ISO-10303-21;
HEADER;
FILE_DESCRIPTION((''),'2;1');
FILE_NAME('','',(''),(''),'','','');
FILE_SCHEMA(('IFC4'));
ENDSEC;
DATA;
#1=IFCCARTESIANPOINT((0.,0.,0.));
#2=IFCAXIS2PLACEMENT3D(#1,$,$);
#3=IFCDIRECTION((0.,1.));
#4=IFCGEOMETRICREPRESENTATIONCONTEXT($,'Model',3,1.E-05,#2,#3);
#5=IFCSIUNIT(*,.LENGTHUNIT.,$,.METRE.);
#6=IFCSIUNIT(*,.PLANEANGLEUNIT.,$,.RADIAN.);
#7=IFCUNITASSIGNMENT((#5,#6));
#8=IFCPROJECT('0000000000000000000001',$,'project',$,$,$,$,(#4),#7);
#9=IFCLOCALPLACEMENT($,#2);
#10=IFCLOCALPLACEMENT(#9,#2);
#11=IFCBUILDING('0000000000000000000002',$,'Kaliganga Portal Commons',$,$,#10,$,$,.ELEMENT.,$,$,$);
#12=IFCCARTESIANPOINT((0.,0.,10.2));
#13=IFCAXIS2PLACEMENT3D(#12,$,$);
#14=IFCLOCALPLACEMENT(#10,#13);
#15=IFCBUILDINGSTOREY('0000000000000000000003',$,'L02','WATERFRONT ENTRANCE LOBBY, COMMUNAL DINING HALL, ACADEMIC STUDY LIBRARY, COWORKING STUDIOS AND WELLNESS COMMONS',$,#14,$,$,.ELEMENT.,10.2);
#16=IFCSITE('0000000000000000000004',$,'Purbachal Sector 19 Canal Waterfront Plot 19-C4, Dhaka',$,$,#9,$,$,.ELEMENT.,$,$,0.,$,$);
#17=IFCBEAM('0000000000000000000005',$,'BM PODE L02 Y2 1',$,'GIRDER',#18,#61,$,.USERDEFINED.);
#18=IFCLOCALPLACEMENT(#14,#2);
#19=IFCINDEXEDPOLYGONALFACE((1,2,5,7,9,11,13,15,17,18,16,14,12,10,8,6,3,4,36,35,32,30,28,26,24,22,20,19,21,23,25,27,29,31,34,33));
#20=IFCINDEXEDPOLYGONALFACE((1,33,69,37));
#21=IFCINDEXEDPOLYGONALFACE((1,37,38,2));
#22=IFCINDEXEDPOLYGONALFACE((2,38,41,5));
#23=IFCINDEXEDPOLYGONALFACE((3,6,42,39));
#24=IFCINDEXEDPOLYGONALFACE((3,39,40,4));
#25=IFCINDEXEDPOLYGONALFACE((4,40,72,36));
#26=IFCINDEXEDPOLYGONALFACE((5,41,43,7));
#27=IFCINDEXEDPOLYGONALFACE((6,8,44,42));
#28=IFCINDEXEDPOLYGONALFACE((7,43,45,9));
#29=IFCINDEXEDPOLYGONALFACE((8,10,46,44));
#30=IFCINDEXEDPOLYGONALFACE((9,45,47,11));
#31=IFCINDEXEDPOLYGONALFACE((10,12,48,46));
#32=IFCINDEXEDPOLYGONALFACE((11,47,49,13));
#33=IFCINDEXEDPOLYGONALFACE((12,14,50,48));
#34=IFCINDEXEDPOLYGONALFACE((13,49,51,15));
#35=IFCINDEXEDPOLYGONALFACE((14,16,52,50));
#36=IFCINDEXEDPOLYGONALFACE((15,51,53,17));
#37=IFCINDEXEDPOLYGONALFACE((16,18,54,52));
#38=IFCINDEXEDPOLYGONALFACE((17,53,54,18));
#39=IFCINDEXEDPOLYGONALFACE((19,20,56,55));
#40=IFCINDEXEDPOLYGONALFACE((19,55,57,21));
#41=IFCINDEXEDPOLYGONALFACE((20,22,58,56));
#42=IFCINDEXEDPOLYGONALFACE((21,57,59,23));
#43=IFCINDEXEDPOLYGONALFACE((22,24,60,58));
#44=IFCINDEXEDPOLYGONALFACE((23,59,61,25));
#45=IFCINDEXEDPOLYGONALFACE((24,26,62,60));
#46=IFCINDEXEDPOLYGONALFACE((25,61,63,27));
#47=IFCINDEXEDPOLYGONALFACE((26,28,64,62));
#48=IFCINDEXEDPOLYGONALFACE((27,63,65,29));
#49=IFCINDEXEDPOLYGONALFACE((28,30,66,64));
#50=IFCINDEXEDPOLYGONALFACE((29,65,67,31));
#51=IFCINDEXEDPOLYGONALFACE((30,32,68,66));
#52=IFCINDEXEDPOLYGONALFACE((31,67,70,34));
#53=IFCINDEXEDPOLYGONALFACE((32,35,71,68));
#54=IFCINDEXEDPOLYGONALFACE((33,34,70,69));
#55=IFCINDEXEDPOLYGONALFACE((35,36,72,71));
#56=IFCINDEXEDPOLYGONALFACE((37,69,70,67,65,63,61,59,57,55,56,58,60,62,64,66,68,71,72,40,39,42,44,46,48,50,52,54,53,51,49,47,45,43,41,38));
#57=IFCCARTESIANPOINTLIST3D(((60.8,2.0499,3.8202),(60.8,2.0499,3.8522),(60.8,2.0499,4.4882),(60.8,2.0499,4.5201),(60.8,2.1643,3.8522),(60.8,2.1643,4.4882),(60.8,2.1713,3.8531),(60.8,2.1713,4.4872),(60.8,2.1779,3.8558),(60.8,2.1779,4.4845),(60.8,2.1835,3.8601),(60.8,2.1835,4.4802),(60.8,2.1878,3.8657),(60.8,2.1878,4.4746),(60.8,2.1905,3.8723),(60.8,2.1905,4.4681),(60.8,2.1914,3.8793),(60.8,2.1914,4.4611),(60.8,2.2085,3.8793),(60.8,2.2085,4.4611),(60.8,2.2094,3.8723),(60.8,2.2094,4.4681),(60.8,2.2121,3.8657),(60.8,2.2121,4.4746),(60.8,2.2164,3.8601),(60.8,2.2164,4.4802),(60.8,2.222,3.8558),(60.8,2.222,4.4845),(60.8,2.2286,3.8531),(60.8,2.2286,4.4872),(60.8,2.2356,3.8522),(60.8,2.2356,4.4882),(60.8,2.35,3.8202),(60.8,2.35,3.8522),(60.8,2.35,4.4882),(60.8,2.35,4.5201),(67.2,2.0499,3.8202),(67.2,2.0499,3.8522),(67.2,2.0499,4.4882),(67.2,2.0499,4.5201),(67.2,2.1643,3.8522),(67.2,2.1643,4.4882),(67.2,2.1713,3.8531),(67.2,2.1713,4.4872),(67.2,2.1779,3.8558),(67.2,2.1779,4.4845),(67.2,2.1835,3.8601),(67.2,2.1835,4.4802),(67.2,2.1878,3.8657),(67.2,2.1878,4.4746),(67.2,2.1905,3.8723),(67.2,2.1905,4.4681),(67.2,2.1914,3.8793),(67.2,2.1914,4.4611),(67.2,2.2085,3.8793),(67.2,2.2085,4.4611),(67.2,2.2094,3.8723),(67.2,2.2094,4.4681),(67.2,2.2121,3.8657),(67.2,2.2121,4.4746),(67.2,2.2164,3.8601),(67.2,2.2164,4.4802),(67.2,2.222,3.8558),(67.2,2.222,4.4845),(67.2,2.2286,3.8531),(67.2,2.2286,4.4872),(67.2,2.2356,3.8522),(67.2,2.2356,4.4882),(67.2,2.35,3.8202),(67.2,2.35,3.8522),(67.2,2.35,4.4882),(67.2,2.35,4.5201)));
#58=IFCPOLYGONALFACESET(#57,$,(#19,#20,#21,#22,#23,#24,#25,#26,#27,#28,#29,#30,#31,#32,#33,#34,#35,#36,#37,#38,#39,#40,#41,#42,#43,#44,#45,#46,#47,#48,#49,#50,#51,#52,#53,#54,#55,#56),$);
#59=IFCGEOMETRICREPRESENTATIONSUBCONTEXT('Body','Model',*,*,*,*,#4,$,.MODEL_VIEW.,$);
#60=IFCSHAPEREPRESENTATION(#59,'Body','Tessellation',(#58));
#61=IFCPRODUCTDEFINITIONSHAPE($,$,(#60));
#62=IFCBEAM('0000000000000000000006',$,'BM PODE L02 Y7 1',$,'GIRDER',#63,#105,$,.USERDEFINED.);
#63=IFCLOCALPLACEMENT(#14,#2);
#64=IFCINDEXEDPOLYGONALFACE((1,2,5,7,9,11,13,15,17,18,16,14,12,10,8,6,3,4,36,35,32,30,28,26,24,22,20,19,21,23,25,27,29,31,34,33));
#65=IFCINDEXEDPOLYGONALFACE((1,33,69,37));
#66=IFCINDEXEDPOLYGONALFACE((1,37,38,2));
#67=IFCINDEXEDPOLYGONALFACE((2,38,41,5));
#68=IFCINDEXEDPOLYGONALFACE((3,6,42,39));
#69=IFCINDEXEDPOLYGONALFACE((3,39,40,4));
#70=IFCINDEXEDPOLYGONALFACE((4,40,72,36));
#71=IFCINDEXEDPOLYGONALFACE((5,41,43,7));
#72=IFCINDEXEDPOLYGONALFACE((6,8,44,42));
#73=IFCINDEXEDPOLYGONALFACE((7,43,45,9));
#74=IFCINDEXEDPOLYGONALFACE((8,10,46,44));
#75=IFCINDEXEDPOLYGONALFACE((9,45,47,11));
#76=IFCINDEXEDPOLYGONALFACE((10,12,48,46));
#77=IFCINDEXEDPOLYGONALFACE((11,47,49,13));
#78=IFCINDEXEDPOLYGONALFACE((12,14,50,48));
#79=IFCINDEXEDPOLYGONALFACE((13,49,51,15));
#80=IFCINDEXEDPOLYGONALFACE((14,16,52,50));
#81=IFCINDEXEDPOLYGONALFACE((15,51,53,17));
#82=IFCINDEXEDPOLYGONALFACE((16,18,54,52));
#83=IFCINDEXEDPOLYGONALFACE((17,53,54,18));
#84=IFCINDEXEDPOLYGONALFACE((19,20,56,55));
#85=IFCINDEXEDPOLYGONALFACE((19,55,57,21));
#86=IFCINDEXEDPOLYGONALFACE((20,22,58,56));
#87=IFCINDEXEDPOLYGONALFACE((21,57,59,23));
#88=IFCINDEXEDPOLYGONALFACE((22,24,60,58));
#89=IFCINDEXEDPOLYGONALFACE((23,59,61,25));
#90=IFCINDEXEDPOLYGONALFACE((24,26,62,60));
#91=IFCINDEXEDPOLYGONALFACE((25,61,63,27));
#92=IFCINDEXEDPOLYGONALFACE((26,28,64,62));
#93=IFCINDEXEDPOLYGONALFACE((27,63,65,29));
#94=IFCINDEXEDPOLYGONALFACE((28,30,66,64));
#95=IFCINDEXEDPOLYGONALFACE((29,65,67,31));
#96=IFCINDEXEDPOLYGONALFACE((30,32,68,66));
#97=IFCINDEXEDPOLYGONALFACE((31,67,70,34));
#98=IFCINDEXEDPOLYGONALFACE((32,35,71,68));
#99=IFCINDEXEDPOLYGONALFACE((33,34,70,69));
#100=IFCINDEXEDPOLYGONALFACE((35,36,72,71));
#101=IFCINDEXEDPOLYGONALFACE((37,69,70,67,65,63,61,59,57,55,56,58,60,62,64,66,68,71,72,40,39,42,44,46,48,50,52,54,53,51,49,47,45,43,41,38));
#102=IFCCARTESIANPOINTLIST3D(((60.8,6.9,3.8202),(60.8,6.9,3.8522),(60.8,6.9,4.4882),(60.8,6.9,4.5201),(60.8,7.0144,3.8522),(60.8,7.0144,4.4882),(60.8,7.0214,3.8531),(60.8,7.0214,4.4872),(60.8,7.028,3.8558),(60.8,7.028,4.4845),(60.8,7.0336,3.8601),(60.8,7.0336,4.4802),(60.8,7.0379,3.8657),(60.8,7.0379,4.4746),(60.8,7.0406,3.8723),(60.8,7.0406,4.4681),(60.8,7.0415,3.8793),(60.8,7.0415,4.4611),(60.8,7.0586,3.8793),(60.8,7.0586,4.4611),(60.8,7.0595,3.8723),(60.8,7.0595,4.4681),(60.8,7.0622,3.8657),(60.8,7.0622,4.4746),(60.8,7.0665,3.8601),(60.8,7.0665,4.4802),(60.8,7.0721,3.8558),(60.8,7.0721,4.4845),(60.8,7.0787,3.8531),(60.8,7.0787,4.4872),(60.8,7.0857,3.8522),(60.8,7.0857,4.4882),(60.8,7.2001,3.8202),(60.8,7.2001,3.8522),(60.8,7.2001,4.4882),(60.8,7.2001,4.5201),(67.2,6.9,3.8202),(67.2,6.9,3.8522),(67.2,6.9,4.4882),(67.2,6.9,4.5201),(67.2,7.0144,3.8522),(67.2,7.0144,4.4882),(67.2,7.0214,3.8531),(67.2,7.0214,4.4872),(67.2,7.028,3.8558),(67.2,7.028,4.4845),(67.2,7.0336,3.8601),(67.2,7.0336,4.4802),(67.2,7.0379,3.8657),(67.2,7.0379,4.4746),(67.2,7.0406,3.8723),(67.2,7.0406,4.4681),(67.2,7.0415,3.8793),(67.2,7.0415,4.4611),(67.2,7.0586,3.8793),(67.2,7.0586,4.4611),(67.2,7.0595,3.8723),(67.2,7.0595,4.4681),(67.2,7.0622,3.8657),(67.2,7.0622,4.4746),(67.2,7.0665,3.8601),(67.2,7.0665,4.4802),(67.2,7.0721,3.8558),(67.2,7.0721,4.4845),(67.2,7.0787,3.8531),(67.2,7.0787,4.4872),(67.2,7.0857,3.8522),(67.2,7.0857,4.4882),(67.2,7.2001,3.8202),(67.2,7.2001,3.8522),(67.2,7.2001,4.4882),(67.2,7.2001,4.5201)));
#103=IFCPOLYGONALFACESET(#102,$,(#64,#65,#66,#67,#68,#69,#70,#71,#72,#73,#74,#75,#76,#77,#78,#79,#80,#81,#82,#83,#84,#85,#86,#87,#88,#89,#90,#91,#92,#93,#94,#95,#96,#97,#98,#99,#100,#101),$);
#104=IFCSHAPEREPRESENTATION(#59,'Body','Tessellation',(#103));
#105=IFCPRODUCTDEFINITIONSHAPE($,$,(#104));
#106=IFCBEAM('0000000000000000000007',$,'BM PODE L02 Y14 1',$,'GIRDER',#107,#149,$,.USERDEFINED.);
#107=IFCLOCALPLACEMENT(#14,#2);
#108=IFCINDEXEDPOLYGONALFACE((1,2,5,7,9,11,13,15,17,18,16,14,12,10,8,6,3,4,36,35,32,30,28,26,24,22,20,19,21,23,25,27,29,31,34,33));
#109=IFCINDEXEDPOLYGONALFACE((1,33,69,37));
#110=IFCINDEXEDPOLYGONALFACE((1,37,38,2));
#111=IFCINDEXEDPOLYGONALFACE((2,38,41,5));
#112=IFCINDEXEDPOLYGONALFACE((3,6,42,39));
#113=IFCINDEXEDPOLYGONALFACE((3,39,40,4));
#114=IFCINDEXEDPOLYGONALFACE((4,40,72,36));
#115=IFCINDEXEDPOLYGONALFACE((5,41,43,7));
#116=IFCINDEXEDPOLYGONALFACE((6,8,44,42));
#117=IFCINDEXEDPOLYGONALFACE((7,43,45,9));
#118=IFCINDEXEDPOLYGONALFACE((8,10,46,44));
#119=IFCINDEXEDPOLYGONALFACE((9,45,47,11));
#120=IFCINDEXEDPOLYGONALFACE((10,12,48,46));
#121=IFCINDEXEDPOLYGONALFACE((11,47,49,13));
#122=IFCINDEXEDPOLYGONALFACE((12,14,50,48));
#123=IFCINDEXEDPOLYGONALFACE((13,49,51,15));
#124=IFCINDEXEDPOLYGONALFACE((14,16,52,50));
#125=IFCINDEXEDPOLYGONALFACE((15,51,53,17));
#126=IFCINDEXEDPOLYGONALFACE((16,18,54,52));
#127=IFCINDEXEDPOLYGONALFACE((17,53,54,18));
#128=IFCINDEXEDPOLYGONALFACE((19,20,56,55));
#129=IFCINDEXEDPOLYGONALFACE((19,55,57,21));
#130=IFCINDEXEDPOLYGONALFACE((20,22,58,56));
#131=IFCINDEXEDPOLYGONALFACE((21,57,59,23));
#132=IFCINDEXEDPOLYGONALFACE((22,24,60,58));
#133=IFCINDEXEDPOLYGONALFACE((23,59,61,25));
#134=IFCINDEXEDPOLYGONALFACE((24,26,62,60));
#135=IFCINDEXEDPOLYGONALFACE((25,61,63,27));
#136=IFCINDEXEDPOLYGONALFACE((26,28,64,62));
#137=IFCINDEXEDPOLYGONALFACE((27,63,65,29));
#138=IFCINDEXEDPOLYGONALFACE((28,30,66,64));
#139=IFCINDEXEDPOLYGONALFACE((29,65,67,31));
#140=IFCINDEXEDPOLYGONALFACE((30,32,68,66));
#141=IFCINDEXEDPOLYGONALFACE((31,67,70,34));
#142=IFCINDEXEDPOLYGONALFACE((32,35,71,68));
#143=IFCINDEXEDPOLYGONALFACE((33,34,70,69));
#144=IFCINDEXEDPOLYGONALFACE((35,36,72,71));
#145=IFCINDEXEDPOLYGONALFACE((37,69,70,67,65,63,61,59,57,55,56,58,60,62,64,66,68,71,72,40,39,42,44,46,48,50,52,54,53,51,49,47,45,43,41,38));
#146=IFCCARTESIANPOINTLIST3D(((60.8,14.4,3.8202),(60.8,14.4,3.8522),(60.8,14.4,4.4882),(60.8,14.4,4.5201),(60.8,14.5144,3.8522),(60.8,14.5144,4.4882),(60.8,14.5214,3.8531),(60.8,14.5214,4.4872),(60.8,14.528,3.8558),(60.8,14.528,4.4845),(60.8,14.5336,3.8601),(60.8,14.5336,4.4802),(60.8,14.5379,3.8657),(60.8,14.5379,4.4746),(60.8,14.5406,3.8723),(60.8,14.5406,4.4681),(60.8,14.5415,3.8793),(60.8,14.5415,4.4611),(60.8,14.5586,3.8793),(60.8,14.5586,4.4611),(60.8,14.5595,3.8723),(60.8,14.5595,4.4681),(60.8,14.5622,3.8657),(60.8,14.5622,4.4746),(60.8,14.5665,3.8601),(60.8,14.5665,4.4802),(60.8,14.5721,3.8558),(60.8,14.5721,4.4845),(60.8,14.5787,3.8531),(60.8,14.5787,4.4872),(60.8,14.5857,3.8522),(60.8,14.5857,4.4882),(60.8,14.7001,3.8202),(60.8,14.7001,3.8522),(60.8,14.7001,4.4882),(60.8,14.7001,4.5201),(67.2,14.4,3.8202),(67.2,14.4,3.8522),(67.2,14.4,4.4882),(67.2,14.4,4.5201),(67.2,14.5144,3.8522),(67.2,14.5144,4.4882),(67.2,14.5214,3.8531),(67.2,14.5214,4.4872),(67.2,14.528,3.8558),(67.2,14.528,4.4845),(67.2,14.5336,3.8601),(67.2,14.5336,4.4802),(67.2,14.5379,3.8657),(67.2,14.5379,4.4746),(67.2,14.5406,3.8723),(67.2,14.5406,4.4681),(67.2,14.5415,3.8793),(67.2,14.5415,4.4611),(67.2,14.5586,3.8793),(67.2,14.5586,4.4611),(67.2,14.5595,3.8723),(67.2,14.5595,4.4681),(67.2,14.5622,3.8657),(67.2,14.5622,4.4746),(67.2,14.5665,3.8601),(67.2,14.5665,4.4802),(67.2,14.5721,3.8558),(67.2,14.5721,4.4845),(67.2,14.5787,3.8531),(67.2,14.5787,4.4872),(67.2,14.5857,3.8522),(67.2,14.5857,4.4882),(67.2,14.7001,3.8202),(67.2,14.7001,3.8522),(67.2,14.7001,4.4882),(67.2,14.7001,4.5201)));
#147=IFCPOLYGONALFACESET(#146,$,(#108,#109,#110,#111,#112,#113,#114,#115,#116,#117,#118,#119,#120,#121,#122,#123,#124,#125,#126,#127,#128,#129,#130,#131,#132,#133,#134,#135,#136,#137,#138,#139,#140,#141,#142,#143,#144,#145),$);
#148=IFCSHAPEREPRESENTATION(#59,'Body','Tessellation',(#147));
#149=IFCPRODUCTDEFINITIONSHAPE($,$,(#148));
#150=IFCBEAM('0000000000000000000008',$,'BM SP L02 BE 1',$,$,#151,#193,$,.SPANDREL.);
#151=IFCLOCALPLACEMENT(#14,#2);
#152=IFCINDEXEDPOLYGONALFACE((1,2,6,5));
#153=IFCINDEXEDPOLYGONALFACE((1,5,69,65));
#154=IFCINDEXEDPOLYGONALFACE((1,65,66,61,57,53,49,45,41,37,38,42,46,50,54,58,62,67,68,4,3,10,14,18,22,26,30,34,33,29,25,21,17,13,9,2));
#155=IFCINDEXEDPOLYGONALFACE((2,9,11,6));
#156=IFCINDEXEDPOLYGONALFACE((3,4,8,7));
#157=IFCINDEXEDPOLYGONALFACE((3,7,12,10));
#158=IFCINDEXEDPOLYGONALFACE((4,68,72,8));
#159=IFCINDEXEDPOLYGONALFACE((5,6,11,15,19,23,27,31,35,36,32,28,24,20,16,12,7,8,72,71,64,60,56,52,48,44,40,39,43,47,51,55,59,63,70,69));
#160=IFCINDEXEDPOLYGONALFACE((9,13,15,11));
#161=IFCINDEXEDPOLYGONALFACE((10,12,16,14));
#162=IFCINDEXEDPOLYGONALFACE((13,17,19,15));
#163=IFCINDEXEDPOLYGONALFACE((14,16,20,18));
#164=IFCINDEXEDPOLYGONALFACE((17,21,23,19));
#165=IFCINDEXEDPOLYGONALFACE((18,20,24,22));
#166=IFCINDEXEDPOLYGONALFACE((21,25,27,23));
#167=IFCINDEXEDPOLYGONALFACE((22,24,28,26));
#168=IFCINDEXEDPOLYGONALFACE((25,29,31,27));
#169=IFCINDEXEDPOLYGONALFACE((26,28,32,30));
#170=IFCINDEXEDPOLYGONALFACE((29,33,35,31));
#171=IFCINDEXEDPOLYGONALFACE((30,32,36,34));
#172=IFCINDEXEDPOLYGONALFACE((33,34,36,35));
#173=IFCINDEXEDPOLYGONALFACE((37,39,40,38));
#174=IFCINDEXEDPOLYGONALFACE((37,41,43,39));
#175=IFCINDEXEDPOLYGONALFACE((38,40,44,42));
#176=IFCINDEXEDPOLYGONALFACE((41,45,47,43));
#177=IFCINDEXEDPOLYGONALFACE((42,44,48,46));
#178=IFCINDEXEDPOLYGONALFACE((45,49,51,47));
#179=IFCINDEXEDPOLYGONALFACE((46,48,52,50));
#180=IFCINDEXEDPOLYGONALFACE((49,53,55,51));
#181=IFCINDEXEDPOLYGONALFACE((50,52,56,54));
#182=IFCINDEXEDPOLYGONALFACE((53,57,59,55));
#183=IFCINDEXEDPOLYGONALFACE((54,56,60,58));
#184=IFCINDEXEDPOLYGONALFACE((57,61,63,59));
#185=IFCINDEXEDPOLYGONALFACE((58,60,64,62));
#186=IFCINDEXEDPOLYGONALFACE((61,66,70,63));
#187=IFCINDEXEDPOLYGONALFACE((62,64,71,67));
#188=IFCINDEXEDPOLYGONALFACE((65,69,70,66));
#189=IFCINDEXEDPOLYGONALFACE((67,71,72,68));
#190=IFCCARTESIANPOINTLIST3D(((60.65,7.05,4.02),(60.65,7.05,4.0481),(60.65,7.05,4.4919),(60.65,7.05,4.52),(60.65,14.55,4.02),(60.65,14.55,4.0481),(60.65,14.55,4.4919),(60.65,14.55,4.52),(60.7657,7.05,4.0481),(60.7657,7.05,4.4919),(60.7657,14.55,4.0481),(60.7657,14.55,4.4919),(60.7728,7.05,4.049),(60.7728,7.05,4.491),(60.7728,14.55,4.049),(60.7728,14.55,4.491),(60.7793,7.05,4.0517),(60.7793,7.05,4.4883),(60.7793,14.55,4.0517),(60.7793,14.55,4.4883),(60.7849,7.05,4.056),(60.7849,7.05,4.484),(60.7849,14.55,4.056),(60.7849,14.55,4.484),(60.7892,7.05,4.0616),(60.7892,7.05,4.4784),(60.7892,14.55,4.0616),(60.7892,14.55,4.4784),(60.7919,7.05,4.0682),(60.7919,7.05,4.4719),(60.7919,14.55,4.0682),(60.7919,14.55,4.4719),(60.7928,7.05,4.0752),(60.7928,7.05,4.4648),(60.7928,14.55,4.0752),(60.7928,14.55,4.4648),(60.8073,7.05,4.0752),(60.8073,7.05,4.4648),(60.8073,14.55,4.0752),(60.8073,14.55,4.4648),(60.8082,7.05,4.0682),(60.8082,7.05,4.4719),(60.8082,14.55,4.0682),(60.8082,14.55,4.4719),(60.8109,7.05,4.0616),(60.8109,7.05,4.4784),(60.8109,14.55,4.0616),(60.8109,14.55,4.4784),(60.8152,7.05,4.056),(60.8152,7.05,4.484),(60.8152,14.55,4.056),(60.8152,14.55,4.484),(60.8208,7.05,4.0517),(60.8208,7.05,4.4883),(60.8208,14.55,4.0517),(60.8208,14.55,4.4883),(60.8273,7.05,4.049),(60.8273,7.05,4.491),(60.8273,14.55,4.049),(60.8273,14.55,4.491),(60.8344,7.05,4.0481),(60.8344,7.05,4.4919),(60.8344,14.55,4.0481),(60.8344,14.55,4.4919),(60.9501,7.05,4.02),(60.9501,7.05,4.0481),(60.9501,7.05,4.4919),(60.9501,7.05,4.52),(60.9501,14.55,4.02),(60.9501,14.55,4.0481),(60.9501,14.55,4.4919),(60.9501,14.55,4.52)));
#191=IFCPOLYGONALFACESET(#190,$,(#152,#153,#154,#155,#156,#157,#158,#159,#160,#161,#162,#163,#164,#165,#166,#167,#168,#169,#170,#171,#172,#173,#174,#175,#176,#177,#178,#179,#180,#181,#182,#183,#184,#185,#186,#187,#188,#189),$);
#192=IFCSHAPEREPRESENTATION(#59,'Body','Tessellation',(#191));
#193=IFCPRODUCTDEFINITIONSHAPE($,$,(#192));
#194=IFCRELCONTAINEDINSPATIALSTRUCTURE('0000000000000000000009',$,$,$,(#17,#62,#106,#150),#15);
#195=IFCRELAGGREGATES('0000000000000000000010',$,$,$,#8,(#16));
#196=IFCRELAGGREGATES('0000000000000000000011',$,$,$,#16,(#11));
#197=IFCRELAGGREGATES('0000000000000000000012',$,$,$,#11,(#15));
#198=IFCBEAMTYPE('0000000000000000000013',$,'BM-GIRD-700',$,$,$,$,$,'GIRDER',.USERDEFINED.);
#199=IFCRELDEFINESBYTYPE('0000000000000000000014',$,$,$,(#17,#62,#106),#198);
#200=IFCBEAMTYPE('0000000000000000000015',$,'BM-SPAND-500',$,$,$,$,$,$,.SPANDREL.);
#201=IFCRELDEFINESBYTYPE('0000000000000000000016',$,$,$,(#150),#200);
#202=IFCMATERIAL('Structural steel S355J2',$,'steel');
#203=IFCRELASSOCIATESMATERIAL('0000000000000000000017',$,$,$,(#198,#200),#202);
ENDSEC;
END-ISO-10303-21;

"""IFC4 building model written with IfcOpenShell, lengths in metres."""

from ifc_helpers import new_model, si_unit, direction, frame, origin, origin_2d, place, context, subcontext, project, spatial, i_section, extrude, source, transform, mapped, material, material_profile, profile_set, type_object, element, save


model = new_model("IFC4")

# Units and contexts
model_context = context("Model", 3, precision=1e-05, world=origin(), true_north=direction((0.0, 1.0)))
body_context = subcontext(model_context, "Body", "Model", "MODEL_VIEW")
ifc_project = project(units=[si_unit("LENGTHUNIT", "METRE"), si_unit("PLANEANGLEUNIT", "RADIAN")], contexts=[model_context])

# Site, building, storey
site_placement = place(None, origin())
site = spatial("IfcSite", under=ifc_project, at=site_placement, Name="Purbachal Sector 19 Canal Waterfront Plot 19-C4, Dhaka", CompositionType="ELEMENT", RefElevation=0.0)
building_placement = place(site_placement, origin())
building = spatial("IfcBuilding", under=site, at=building_placement, Name="Kaliganga Portal Commons", CompositionType="ELEMENT")
storey_placement = place(building_placement, frame((0.0, 0.0, 10.2)))
storey = spatial("IfcBuildingStorey", under=building, at=storey_placement, Name="L02", Description="WATERFRONT ENTRANCE LOBBY, COMMUNAL DINING HALL, ACADEMIC STUDY LIBRARY, COWORKING STUDIOS AND WELLNESS COMMONS", CompositionType="ELEMENT", Elevation=10.2)

# Beams
ifc_material_1 = material(Name="Structural steel S355J2", Category="steel")
ifc_material_profile_1 = material_profile(ifc_material_1, i_section(OverallWidth=0.3, OverallDepth=0.7, WebThickness=0.0171, FlangeThickness=0.032, FilletRadius=0.0271, at=origin_2d()), Name="HE 700 B")
ifc_profile_set_1 = profile_set([ifc_material_profile_1], Name="Structural steel S355J2 wide-flange")
beam_type_1 = type_object("IfcBeamType", Name="BM-GIRD-700", ElementType="GIRDER", PredefinedType="USERDEFINED", material=ifc_profile_set_1)
shared_shape_1 = source(origin(), body_context, "Body", "SweptSolid", [
    extrude(i_section(OverallWidth=0.3, OverallDepth=0.7, WebThickness=0.0171, FlangeThickness=0.032, FilletRadius=0.0271, at=origin_2d()), origin(), (0.0, 0.0, 1.0), 6.3999),
])
for number, where, z_axis, x_axis, name in (
    (1, (60.8, 2.2, 4.1702), (1.0, 0.0, 0.0), (0.0, 1.0, 0.0), "BM PODE L02 Y2 1"),
    (2, (60.8, 7.05, 4.1702), (1.0, 0.0, 0.0), (0.0, 1.0, 0.0), "BM PODE L02 Y7 1"),
    (3, (60.8, 14.55, 4.1702), (1.0, 0.0, 0.0), (0.0, 1.0, 0.0), "BM PODE L02 Y14 1"),
):
    element("IfcBeam", number, at=place(storey_placement, frame(where, z_axis=z_axis, x_axis=x_axis)), inside=storey, type_object=beam_type_1, Name=name, ObjectType="GIRDER", PredefinedType="USERDEFINED", context=body_context, shape_type="MappedRepresentation", body=[
        mapped(shared_shape_1, transform((0.0, 0.0, 0.0), x_axis=(1.0, 0.0, 0.0), y_axis=(0.0, 1.0, 0.0), z_axis=(0.0, 0.0, 1.0), scale=1.0)),
    ])
ifc_material_profile_2 = material_profile(ifc_material_1, i_section(OverallWidth=0.3, OverallDepth=0.5, WebThickness=0.0144, FlangeThickness=0.0281, FilletRadius=0.0271, at=origin_2d()), Name="HE 500 B")
ifc_profile_set_2 = profile_set([ifc_material_profile_2], Name="Structural steel S355J2 wide-flange")
beam_type_2 = type_object("IfcBeamType", Name="BM-SPAND-500", PredefinedType="SPANDREL", material=ifc_profile_set_2)
shared_shape_2 = source(origin(), body_context, "Body", "SweptSolid", [
    extrude(i_section(OverallWidth=0.3, OverallDepth=0.5, WebThickness=0.0144, FlangeThickness=0.0281, FilletRadius=0.0271, at=origin_2d()), origin(), (0.0, 0.0, 1.0), 7.5),
])
beam_1_placement = place(storey_placement, frame((60.8, 7.05, 4.27), z_axis=(0.0, 1.0, 0.0), x_axis=(-1.0, 0.0, 0.0)))
element("IfcBeam", 4, at=beam_1_placement, inside=storey, type_object=beam_type_2, Name="BM SP L02 BE 1", PredefinedType="SPANDREL", context=body_context, shape_type="MappedRepresentation", body=[
    mapped(shared_shape_2, transform((0.0, 0.0, 0.0), x_axis=(1.0, 0.0, 0.0), y_axis=(0.0, 1.0, 0.0), z_axis=(0.0, 0.0, 1.0), scale=1.0)),
])

save(model, "model.ifc")
